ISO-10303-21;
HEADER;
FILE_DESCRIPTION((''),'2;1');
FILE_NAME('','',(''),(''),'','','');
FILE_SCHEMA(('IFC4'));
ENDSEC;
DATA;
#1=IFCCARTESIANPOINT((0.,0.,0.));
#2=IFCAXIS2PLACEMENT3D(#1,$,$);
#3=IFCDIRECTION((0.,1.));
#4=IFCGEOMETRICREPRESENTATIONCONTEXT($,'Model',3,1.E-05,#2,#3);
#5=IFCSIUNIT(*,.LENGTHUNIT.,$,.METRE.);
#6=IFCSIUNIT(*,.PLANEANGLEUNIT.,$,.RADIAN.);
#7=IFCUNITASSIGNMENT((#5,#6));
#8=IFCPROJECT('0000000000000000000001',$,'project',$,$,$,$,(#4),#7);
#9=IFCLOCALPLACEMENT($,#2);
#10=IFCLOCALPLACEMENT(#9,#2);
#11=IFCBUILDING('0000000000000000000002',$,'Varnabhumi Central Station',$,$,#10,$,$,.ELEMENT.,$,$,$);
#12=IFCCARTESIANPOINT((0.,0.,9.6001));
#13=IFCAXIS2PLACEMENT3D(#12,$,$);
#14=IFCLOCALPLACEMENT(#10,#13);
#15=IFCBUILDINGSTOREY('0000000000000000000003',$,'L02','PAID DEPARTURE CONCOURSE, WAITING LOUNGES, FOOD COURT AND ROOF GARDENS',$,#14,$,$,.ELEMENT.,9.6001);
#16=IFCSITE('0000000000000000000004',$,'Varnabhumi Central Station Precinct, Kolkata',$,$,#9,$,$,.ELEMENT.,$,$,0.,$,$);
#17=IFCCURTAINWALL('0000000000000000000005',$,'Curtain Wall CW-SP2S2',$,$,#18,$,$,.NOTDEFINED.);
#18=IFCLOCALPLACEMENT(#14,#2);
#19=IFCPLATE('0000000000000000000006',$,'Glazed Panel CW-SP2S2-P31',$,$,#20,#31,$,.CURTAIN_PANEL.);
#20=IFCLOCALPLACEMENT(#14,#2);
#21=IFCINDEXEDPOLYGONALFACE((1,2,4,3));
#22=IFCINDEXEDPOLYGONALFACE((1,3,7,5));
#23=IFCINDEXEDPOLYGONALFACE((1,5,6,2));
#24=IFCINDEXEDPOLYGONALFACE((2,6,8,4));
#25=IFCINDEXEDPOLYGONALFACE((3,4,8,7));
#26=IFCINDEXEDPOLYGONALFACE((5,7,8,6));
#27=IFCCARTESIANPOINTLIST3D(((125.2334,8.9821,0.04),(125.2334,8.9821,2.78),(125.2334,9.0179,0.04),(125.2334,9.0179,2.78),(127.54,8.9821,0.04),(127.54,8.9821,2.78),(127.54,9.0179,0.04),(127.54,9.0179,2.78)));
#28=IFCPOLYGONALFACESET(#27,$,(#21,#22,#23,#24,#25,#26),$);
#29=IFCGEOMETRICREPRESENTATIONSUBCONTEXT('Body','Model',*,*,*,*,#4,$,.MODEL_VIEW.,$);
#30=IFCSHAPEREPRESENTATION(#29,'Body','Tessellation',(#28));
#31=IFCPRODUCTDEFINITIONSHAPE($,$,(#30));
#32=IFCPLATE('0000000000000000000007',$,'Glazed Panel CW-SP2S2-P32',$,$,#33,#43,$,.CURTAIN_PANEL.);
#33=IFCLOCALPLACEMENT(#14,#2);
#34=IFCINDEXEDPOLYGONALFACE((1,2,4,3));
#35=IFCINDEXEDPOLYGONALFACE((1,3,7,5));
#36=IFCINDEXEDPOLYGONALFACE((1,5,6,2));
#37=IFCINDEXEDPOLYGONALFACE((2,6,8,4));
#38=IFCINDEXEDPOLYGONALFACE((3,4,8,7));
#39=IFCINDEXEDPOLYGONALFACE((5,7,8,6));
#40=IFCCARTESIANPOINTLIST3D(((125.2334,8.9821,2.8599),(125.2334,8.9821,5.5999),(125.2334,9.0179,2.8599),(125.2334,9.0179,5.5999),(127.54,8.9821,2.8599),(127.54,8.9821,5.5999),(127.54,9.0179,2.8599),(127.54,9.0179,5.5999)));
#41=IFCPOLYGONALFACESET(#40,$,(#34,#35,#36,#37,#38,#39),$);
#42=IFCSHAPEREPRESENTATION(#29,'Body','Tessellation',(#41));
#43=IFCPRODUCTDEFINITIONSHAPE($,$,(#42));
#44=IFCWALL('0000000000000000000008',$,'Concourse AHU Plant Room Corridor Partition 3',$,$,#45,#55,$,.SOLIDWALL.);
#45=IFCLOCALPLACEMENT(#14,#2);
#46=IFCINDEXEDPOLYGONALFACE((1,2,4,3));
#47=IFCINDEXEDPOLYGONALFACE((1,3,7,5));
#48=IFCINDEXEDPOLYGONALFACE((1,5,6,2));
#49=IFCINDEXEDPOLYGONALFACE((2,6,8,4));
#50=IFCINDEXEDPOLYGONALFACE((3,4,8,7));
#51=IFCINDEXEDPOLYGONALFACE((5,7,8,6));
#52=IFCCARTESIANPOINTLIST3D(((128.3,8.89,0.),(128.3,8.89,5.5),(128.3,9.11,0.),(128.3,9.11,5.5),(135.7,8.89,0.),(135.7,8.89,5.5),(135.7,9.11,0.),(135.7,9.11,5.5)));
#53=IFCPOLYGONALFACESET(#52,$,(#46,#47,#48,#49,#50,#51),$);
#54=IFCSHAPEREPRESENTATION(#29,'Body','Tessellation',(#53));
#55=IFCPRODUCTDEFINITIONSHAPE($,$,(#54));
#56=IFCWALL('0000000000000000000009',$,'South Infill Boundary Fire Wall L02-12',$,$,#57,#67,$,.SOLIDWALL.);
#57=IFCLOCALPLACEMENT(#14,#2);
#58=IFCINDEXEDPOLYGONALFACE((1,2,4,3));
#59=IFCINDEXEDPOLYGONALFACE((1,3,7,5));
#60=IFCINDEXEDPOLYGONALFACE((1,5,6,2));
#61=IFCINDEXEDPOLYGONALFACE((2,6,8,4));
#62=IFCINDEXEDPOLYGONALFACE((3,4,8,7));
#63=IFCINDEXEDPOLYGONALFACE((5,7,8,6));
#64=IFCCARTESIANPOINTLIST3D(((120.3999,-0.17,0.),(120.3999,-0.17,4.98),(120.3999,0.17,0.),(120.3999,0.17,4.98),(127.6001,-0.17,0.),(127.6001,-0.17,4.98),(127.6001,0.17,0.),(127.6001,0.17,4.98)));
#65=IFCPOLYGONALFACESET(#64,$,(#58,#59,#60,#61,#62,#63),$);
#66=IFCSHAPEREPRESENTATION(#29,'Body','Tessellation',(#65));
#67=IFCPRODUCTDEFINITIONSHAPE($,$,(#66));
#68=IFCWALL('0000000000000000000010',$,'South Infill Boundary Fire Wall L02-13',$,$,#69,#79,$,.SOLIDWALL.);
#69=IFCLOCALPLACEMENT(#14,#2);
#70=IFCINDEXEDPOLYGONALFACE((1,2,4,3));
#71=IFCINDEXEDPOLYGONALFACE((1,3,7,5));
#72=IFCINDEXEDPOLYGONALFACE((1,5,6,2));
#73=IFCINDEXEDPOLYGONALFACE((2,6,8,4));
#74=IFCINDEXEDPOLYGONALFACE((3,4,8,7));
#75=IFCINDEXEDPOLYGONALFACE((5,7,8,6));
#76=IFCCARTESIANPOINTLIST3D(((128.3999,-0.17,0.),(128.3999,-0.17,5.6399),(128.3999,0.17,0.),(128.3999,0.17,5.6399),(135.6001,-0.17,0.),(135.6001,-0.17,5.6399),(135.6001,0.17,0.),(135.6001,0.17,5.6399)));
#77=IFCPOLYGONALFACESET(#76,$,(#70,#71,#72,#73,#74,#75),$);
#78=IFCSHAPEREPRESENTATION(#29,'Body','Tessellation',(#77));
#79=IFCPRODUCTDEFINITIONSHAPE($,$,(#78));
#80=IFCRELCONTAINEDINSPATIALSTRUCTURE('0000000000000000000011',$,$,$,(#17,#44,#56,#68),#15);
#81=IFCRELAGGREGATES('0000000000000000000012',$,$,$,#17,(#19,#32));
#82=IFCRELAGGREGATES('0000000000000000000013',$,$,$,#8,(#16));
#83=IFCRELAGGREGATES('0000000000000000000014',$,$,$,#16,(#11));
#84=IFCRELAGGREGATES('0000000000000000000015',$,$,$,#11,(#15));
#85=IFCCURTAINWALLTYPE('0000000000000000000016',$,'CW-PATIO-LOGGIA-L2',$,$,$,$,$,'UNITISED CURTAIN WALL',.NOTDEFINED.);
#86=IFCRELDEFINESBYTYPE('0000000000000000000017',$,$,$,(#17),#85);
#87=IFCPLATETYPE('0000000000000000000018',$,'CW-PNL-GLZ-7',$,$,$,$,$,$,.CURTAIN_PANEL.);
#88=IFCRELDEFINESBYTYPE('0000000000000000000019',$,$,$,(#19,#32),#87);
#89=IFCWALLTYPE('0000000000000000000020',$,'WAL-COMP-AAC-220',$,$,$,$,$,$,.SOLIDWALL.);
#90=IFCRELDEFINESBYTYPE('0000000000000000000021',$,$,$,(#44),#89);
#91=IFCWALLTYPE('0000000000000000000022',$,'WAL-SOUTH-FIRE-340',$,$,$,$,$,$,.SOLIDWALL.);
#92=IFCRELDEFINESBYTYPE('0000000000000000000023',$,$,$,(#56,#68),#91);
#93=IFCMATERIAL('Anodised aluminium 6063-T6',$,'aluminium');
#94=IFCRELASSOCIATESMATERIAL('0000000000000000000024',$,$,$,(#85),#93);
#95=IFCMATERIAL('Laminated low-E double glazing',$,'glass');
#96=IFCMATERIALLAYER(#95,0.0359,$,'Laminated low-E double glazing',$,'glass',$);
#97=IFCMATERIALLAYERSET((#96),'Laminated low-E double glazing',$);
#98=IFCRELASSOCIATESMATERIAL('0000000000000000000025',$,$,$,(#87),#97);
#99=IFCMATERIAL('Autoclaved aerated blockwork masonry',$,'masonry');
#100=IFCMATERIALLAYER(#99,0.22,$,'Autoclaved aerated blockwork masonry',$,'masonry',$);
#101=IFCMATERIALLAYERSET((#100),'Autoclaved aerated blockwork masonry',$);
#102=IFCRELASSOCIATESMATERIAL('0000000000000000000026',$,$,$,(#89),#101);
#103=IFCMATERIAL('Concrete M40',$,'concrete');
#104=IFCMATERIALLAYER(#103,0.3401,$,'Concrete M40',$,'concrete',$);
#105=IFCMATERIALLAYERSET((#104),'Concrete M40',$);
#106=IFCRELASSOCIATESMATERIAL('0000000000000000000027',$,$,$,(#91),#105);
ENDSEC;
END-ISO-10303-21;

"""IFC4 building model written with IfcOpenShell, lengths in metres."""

from ifc_helpers import new_model, si_unit, direction, frame, frame_2d, origin, origin_2d, place, context, subcontext, project, spatial, rectangle, extrude, material, layer, layer_set, type_object, element, aggregate, save


model = new_model("IFC4")

# Units and contexts
model_context = context("Model", 3, precision=1e-05, world=origin(), true_north=direction((0.0, 1.0)))
body_context = subcontext(model_context, "Body", "Model", "MODEL_VIEW")
ifc_project = project(units=[si_unit("LENGTHUNIT", "METRE"), si_unit("PLANEANGLEUNIT", "RADIAN")], contexts=[model_context])

# Site, building, storey
site_placement = place(None, origin())
site = spatial("IfcSite", under=ifc_project, at=site_placement, Name="Varnabhumi Central Station Precinct, Kolkata", CompositionType="ELEMENT", RefElevation=0.0)
building_placement = place(site_placement, origin())
building = spatial("IfcBuilding", under=site, at=building_placement, Name="Varnabhumi Central Station", CompositionType="ELEMENT")
storey_placement = place(building_placement, frame((0.0, 0.0, 9.6001)))
storey = spatial("IfcBuildingStorey", under=building, at=storey_placement, Name="L02", Description="PAID DEPARTURE CONCOURSE, WAITING LOUNGES, FOOD COURT AND ROOF GARDENS", CompositionType="ELEMENT", Elevation=9.6001)

# Shared definitions
ifc_material_1 = material(Name="Concrete M40", Category="concrete")

# Curtain wall
ifc_material_2 = material(Name="Anodised aluminium 6063-T6", Category="aluminium")
curtain_wall_type = type_object("IfcCurtainWallType", Name="CW-PATIO-LOGGIA-L2", ElementType="UNITISED CURTAIN WALL", PredefinedType="NOTDEFINED", material=ifc_material_2)
curtain_wall_1_placement = place(storey_placement, origin())
curtain_wall_1 = element("IfcCurtainWall", 1, at=curtain_wall_1_placement, inside=storey, type_object=curtain_wall_type, Name="Curtain Wall CW-SP2S2", PredefinedType="NOTDEFINED")

# Plates
ifc_material_3 = material(Name="Laminated low-E double glazing", Category="glass")
ifc_layer_1 = layer(ifc_material_3, 0.0359, Name="Laminated low-E double glazing", Category="glass")
ifc_layer_set_1 = layer_set([ifc_layer_1], Name="Laminated low-E double glazing")
plate_type = type_object("IfcPlateType", Name="CW-PNL-GLZ-7", PredefinedType="CURTAIN_PANEL", material=ifc_layer_set_1)
plate_1_placement = place(storey_placement, frame((126.3867, 9.0, 0.04), z_axis=(0.0, 0.0, 1.0), x_axis=(1.0, 0.0, 0.0)))
plate_1 = element("IfcPlate", 2, at=plate_1_placement, type_object=plate_type, Name="Glazed Panel CW-SP2S2-P31", PredefinedType="CURTAIN_PANEL", context=body_context, shape_type="SweptSolid", body=[
    extrude(rectangle(XDim=2.3066, YDim=0.0359, at=origin_2d()), origin(), (0.0, 0.0, 1.0), 2.74),
])
plate_2_placement = place(storey_placement, frame((126.3867, 9.0, 2.8599), z_axis=(0.0, 0.0, 1.0), x_axis=(1.0, 0.0, 0.0)))
plate_2 = element("IfcPlate", 3, at=plate_2_placement, type_object=plate_type, Name="Glazed Panel CW-SP2S2-P32", PredefinedType="CURTAIN_PANEL", context=body_context, shape_type="SweptSolid", body=[
    extrude(rectangle(XDim=2.3066, YDim=0.0359, at=origin_2d()), origin(), (0.0, 0.0, 1.0), 2.74),
])
aggregate(curtain_wall_1, [plate_1, plate_2])

# Walls
ifc_material_4 = material(Name="Autoclaved aerated blockwork masonry", Category="masonry")
ifc_layer_2 = layer(ifc_material_4, 0.22, Name="Autoclaved aerated blockwork masonry", Category="masonry")
ifc_layer_set_2 = layer_set([ifc_layer_2], Name="Autoclaved aerated blockwork masonry")
wall_type_1 = type_object("IfcWallType", Name="WAL-COMP-AAC-220", PredefinedType="SOLIDWALL", material=ifc_layer_set_2)
wall_1_placement = place(storey_placement, frame((128.3, 9.0, 0.0), z_axis=(0.0, 0.0, 1.0), x_axis=(1.0, 0.0, 0.0)))
element("IfcWall", 4, at=wall_1_placement, inside=storey, type_object=wall_type_1, Name="Concourse AHU Plant Room Corridor Partition 3", PredefinedType="SOLIDWALL", context=body_context, shape_type="SweptSolid", body=[
    extrude(rectangle(XDim=7.3999, YDim=0.22, at=frame_2d((3.7, 0.0))), origin(), (0.0, 0.0, 1.0), 5.5),
])
ifc_layer_3 = layer(ifc_material_1, 0.3401, Name="Concrete M40", Category="concrete")
ifc_layer_set_3 = layer_set([ifc_layer_3], Name="Concrete M40")
wall_type_2 = type_object("IfcWallType", Name="WAL-SOUTH-FIRE-340", PredefinedType="SOLIDWALL", material=ifc_layer_set_3)
wall_2_placement = place(storey_placement, frame((120.3999, 0.0, 0.0), z_axis=(0.0, 0.0, 1.0), x_axis=(1.0, 0.0, 0.0)))
element("IfcWall", 5, at=wall_2_placement, inside=storey, type_object=wall_type_2, Name="South Infill Boundary Fire Wall L02-12", PredefinedType="SOLIDWALL", context=body_context, shape_type="SweptSolid", body=[
    extrude(rectangle(XDim=7.2002, YDim=0.3401, at=frame_2d((3.6001, 0.0))), origin(), (0.0, 0.0, 1.0), 4.98),
])
wall_3_placement = place(storey_placement, frame((128.3999, 0.0, 0.0), z_axis=(0.0, 0.0, 1.0), x_axis=(1.0, 0.0, 0.0)))
element("IfcWall", 6, at=wall_3_placement, inside=storey, type_object=wall_type_2, Name="South Infill Boundary Fire Wall L02-13", PredefinedType="SOLIDWALL", context=body_context, shape_type="SweptSolid", body=[
    extrude(rectangle(XDim=7.2002, YDim=0.3401, at=frame_2d((3.6001, 0.0))), origin(), (0.0, 0.0, 1.0), 5.6399),
])

save(model, "model.ifc")
